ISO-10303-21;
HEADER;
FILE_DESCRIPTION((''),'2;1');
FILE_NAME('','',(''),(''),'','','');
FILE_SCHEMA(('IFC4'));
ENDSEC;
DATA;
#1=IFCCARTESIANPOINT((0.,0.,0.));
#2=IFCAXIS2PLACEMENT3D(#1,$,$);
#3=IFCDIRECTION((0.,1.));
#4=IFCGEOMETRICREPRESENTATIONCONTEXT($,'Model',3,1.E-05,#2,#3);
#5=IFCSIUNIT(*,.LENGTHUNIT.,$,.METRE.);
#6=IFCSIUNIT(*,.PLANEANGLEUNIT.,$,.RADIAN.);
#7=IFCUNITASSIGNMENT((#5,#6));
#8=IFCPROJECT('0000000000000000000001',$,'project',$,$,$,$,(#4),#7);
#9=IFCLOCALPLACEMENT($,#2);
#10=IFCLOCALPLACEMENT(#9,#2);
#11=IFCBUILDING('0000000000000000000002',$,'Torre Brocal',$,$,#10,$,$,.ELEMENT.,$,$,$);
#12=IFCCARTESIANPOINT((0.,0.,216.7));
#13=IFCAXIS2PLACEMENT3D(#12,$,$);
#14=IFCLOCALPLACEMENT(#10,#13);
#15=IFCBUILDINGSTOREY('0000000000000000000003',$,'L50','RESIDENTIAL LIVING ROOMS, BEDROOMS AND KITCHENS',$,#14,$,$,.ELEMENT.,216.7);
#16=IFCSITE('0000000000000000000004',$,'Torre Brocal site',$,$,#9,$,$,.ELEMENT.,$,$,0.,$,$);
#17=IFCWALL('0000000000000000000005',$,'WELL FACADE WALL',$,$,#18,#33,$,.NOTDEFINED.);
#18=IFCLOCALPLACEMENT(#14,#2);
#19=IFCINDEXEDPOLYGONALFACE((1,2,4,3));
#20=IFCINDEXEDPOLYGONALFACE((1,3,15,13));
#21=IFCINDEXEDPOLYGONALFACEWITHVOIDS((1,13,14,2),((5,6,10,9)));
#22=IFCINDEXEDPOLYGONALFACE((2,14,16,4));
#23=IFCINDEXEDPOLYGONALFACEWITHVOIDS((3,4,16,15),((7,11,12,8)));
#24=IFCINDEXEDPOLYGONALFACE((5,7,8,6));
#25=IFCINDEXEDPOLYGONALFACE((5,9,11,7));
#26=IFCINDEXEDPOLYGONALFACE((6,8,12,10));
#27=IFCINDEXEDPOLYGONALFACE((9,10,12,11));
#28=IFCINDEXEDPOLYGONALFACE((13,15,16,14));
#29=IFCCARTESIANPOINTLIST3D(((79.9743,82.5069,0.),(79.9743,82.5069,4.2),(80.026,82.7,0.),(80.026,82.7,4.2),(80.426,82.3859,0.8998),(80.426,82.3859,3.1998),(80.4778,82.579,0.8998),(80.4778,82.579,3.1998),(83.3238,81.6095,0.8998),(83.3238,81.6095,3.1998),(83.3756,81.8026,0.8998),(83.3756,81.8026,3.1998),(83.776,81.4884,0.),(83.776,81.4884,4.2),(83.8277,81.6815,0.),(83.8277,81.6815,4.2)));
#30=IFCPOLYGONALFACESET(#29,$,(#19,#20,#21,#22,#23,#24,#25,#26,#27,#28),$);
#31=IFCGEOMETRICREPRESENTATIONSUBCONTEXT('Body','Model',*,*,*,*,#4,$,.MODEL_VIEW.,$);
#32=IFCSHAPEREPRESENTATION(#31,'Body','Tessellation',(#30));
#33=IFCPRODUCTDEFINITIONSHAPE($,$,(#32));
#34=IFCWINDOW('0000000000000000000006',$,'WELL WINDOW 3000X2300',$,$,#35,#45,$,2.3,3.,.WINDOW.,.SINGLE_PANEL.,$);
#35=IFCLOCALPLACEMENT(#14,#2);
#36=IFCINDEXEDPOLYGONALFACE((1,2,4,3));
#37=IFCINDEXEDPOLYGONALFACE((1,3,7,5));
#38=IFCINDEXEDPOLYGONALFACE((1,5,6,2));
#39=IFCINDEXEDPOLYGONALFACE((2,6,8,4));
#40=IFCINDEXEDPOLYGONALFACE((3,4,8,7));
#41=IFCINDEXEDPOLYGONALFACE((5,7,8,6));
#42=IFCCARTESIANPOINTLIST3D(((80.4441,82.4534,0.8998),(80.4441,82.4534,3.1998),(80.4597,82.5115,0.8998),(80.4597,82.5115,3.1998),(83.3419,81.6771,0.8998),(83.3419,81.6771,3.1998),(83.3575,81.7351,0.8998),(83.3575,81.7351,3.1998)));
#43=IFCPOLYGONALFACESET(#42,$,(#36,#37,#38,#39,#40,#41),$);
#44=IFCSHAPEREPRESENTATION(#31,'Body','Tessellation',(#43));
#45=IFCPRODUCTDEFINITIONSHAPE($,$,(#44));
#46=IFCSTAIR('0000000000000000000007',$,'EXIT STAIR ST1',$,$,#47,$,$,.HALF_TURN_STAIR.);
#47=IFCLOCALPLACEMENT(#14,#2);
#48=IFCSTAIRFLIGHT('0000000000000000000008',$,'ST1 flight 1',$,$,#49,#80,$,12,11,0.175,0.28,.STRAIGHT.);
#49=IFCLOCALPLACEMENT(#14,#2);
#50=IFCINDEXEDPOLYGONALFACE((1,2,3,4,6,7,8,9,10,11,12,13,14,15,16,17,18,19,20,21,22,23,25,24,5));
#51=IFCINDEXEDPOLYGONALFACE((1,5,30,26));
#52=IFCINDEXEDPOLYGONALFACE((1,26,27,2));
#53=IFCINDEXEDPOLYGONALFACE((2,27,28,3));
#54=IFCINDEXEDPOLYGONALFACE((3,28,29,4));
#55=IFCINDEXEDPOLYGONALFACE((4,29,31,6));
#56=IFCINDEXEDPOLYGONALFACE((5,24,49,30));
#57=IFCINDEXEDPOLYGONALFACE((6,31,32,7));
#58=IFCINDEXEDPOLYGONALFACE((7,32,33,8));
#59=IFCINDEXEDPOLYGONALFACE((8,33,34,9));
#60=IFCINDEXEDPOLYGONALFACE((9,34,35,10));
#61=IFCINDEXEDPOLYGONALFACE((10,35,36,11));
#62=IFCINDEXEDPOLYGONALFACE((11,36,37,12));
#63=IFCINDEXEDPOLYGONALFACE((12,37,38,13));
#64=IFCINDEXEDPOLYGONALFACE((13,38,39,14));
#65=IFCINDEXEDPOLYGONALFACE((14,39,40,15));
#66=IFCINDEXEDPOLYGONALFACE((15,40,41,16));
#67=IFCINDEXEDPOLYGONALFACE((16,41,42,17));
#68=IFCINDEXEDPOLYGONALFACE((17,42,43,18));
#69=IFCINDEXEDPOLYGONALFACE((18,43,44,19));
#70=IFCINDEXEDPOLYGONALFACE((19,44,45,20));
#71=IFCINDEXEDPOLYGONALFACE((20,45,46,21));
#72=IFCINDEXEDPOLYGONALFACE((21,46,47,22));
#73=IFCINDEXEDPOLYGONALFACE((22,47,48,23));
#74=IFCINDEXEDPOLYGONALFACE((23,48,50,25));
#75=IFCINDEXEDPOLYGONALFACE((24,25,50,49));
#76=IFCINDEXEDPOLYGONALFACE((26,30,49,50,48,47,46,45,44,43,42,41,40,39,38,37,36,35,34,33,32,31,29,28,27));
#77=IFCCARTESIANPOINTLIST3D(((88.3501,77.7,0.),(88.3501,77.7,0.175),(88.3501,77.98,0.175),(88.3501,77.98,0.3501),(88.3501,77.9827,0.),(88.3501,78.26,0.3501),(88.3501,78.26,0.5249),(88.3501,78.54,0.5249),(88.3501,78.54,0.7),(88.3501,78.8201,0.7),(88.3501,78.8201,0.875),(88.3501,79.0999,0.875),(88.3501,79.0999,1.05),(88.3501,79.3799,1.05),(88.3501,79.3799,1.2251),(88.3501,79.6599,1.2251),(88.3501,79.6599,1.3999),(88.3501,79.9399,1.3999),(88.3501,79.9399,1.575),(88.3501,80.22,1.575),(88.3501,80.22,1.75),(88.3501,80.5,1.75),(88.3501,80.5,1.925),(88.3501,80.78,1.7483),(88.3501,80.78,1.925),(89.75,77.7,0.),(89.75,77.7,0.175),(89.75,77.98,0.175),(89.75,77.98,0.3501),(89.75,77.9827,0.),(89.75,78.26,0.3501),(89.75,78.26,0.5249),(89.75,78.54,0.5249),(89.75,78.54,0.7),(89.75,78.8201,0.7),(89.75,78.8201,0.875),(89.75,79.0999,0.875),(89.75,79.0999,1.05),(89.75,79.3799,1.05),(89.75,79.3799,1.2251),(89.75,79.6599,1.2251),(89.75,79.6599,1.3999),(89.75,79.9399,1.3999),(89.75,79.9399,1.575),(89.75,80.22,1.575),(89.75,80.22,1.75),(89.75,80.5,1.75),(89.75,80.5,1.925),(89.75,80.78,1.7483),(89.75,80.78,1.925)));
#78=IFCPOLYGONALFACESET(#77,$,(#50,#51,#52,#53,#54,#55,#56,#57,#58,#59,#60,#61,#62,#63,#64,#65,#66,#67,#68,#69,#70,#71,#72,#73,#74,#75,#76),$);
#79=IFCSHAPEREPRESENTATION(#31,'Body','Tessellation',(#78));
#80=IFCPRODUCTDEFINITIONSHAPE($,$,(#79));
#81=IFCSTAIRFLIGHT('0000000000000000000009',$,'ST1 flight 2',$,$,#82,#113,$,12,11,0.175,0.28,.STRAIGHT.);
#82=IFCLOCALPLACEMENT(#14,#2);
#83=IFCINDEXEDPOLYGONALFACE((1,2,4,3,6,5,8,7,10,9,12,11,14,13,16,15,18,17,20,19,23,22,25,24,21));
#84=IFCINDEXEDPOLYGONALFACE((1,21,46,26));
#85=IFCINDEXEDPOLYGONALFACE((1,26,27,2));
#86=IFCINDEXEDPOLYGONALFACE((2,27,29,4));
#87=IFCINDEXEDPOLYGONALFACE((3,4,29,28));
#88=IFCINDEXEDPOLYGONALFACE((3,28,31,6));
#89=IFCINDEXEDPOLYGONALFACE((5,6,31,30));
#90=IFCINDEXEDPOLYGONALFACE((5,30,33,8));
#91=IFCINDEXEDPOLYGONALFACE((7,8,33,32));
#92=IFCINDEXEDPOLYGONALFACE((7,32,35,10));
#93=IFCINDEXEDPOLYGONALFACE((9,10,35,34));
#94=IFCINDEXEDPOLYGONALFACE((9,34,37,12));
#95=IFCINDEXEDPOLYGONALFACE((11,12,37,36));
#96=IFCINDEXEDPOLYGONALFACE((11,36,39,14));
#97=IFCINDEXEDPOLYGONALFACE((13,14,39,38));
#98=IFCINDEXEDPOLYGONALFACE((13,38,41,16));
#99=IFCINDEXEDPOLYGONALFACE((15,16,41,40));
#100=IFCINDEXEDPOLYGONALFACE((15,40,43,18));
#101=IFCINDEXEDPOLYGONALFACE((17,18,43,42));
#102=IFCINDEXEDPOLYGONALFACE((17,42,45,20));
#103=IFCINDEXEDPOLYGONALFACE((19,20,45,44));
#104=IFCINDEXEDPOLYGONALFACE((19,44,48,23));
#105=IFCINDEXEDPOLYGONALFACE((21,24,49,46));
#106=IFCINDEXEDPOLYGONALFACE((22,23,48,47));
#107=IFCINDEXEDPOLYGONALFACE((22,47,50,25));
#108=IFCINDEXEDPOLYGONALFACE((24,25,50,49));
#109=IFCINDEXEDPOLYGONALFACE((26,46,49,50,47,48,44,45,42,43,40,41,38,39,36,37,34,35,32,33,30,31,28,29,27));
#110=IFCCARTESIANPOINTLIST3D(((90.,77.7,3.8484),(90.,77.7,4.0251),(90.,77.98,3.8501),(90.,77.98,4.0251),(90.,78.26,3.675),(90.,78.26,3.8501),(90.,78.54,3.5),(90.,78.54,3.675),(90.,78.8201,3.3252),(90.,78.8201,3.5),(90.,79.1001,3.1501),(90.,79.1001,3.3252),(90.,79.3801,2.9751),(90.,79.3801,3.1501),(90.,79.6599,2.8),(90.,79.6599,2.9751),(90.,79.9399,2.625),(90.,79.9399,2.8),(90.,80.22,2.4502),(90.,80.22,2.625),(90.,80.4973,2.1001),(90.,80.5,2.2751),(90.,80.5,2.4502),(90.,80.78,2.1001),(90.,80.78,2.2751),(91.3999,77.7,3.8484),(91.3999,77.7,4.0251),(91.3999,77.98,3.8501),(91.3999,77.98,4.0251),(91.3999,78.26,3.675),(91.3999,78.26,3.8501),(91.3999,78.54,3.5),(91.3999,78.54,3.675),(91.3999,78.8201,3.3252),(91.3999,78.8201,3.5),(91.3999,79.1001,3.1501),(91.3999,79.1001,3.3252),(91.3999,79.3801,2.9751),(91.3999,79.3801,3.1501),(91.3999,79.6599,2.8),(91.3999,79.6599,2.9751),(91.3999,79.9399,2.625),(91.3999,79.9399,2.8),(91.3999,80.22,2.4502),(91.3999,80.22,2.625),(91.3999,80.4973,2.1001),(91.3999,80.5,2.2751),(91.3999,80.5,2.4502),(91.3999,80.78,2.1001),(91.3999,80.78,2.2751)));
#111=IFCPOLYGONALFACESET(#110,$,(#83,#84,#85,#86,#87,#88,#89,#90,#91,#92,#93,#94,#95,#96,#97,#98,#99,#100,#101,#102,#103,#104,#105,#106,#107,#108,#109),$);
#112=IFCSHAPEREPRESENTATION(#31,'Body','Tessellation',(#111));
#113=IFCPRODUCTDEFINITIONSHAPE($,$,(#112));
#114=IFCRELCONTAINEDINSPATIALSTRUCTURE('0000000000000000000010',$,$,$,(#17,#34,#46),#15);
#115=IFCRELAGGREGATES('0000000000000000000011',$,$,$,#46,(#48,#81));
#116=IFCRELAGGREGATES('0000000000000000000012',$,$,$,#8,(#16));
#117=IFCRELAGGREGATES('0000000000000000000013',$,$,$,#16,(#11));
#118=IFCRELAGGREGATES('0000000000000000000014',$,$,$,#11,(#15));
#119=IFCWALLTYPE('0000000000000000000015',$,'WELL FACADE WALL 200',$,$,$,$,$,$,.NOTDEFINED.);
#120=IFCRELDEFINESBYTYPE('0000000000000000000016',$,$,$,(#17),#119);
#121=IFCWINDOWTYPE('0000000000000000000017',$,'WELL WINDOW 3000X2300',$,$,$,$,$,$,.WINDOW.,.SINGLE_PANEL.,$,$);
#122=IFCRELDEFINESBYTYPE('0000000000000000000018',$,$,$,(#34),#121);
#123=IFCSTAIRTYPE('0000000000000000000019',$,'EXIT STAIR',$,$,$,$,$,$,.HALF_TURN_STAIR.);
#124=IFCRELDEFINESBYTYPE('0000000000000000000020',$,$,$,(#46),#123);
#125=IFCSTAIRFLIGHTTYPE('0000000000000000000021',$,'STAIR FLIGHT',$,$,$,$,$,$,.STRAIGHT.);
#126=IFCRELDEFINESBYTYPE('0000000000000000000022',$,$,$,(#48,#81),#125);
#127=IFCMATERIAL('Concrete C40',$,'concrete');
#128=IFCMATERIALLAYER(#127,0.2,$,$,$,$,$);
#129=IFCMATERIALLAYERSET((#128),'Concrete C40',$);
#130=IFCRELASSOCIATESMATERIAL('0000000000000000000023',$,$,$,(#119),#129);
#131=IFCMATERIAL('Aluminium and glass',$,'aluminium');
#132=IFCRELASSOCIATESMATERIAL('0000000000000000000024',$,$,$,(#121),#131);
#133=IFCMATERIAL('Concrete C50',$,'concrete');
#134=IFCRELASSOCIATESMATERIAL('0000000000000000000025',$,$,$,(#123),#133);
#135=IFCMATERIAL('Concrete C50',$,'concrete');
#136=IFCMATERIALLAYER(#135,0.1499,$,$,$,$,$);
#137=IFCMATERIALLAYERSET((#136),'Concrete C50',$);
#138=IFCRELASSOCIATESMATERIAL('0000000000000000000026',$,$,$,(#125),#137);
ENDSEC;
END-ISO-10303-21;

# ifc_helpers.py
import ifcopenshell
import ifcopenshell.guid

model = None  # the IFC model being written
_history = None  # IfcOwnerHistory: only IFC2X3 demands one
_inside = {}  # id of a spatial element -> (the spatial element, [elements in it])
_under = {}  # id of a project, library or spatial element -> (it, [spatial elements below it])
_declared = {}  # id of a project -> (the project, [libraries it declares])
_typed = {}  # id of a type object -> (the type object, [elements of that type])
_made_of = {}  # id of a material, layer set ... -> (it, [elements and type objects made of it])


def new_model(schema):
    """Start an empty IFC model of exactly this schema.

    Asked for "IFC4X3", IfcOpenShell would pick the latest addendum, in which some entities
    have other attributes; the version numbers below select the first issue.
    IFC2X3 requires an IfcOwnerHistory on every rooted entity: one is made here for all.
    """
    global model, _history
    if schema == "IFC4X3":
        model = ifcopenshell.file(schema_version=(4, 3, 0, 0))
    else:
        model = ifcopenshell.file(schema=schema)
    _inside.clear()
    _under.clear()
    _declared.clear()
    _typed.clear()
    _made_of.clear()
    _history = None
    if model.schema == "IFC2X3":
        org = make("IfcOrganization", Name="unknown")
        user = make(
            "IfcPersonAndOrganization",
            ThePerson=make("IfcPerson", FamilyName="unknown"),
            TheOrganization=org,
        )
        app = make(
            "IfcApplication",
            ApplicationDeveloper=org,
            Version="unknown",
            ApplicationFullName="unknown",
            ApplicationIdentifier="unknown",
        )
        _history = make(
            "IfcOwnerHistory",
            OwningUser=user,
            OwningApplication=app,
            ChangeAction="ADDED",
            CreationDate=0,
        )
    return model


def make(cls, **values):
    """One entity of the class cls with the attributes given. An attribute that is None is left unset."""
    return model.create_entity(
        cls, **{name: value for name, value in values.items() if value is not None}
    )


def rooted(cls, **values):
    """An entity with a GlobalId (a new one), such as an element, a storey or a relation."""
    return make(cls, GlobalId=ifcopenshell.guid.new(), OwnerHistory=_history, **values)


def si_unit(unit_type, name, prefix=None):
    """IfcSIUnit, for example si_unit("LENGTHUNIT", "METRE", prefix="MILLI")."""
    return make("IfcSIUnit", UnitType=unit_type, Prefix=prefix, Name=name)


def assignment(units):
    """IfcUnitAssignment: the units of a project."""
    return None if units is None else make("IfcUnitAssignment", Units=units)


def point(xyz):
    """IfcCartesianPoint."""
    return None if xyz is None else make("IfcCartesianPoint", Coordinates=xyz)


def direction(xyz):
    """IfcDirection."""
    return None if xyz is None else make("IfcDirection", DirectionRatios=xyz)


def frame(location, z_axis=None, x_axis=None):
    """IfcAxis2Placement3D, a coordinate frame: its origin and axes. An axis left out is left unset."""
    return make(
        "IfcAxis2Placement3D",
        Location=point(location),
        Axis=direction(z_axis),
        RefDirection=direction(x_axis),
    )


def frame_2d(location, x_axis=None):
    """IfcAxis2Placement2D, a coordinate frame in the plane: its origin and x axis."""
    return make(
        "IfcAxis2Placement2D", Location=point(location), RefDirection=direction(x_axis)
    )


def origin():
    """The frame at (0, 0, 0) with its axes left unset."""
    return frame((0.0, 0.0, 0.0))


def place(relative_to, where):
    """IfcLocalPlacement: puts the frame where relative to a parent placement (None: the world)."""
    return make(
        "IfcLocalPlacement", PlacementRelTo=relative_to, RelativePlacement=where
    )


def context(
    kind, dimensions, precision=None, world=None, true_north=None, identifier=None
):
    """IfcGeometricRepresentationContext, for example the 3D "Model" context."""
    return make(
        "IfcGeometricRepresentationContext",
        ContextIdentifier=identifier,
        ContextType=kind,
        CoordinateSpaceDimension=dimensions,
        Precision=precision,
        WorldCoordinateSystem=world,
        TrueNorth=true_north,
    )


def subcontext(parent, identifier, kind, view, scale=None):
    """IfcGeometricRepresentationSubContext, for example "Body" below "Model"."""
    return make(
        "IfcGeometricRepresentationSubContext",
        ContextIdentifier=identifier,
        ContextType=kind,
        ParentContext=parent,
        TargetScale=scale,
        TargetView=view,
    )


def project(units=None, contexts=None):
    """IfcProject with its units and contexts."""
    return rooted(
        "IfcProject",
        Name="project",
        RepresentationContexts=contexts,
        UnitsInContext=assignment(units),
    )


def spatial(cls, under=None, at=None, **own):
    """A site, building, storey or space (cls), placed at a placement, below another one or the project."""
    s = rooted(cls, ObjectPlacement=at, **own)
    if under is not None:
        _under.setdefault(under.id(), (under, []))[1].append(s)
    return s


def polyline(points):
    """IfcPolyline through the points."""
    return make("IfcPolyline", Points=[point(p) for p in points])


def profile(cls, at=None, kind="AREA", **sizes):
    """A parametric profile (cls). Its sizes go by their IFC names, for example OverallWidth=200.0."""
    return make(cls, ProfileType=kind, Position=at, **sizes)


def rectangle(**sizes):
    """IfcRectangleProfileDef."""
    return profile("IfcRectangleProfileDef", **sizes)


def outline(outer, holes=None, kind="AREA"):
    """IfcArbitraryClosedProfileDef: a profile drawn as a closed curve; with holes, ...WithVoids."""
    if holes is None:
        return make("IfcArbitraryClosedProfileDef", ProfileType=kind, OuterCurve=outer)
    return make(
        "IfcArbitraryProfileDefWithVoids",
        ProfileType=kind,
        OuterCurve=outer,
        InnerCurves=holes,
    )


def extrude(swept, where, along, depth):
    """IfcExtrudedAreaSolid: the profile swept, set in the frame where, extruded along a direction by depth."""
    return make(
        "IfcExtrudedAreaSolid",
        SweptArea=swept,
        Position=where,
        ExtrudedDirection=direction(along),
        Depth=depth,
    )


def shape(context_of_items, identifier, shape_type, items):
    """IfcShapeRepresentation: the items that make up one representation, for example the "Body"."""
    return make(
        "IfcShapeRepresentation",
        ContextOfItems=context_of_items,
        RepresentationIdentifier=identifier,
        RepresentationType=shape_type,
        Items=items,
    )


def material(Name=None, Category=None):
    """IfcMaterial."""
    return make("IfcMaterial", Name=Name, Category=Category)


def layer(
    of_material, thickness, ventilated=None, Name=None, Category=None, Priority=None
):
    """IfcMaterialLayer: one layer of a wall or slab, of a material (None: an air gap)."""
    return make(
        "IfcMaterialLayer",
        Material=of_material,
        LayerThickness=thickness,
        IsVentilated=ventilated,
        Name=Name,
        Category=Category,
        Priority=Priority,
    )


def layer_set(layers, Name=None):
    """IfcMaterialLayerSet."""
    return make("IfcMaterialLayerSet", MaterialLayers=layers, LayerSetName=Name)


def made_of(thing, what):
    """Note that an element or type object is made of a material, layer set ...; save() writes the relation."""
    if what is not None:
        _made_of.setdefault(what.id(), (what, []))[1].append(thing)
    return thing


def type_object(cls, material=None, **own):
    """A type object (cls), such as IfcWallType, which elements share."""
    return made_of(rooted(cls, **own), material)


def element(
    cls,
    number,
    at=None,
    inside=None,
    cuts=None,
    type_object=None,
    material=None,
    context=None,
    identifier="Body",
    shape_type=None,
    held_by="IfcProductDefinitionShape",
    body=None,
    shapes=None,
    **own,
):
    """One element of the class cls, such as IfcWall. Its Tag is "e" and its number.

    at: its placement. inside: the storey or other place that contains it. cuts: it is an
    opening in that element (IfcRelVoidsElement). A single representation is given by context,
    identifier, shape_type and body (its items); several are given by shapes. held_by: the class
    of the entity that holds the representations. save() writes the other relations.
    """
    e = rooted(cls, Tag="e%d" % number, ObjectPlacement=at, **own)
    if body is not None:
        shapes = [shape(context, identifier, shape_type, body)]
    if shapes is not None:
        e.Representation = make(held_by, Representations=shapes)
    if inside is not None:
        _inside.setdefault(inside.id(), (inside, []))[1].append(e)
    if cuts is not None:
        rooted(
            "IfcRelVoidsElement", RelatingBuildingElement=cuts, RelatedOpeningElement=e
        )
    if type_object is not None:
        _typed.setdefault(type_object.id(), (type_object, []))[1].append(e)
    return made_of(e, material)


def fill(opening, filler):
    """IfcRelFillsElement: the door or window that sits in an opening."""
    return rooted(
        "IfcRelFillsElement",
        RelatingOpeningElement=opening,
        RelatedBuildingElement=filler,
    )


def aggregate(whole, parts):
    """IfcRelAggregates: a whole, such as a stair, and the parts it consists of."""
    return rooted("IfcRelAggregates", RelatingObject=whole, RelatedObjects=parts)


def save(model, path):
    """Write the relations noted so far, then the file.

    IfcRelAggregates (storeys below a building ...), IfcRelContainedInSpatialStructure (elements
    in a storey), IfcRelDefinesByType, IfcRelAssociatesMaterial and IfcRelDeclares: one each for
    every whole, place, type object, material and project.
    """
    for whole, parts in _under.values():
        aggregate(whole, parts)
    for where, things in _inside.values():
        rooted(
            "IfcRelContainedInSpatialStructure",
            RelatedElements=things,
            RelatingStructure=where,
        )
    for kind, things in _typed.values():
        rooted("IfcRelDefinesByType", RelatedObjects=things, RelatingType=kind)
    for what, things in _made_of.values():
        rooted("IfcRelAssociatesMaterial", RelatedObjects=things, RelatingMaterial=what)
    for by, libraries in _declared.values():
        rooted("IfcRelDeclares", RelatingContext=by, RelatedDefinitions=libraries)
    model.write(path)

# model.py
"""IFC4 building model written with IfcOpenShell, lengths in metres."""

from ifc_helpers import new_model, si_unit, direction, frame, frame_2d, origin, place, context, subcontext, project, spatial, polyline, rectangle, outline, extrude, material, layer, layer_set, type_object, element, fill, aggregate, save


model = new_model("IFC4")

# Units and contexts
model_context = context("Model", 3, precision=1e-05, world=origin(), true_north=direction((0.0, 1.0)))
body_context = subcontext(model_context, "Body", "Model", "MODEL_VIEW")
ifc_project = project(units=[si_unit("LENGTHUNIT", "METRE"), si_unit("PLANEANGLEUNIT", "RADIAN")], contexts=[model_context])

# Site, building, storey
site_placement = place(None, origin())
site = spatial("IfcSite", under=ifc_project, at=site_placement, Name="Torre Brocal site", CompositionType="ELEMENT", RefElevation=0.0)
building_placement = place(site_placement, origin())
building = spatial("IfcBuilding", under=site, at=building_placement, Name="Torre Brocal", CompositionType="ELEMENT")
storey_placement = place(building_placement, frame((0.0, 0.0, 216.7)))
storey = spatial("IfcBuildingStorey", under=building, at=storey_placement, Name="L50", Description="RESIDENTIAL LIVING ROOMS, BEDROOMS AND KITCHENS", CompositionType="ELEMENT", Elevation=216.7)

# Wall, opening, window
ifc_material_1 = material(Name="Concrete C40", Category="concrete")
ifc_layer_1 = layer(ifc_material_1, 0.2)
ifc_layer_set_1 = layer_set([ifc_layer_1], Name="Concrete C40")
wall_type_1 = type_object("IfcWallType", Name="WELL FACADE WALL 200", PredefinedType="NOTDEFINED", material=ifc_layer_set_1)
ifc_material_2 = material(Name="Aluminium and glass", Category="aluminium")
window_type = type_object("IfcWindowType", Name="WELL WINDOW 3000X2300", PartitioningType="SINGLE_PANEL", PredefinedType="WINDOW", material=ifc_material_2)
wall_1_placement = place(storey_placement, frame((83.8018, 81.585, 0.0), z_axis=(0.0, 0.0, 1.0), x_axis=(-0.965934, 0.25879, 0.0)))
wall_1 = element("IfcWall", 1, at=wall_1_placement, inside=storey, type_object=wall_type_1, Name="WELL FACADE WALL", PredefinedType="NOTDEFINED", context=body_context, shape_type="SweptSolid", body=[
    extrude(rectangle(XDim=3.9358, YDim=0.2, at=frame_2d((1.9678, 0.0))), origin(), (0.0, 0.0, 1.0), 4.2),
])
opening_1_placement = place(wall_1_placement, frame((0.468, 0.0, 0.8999)))
opening_1 = element("IfcOpeningElement", 2, at=opening_1_placement, cuts=wall_1, PredefinedType="OPENING", context=body_context, shape_type="SweptSolid", body=[
    extrude(rectangle(XDim=3.0, YDim=2.3, at=frame_2d((1.5, 1.1499))), frame((0.0, 0.1099, 0.0), z_axis=(0.0, -1.0, 0.0), x_axis=(1.0, 0.0, 0.0)), (0.0, 0.0, 1.0), 0.22),
])
window_1_placement = place(opening_1_placement, origin())
window_1 = element("IfcWindow", 3, at=window_1_placement, inside=storey, type_object=window_type, Name="WELL WINDOW 3000X2300", OverallHeight=2.3, OverallWidth=3.0, PartitioningType="SINGLE_PANEL", PredefinedType="WINDOW", context=body_context, shape_type="SweptSolid", body=[
    extrude(rectangle(XDim=3.0, YDim=2.3, at=frame_2d((1.5, 1.1499))), frame((0.0, 0.03, 0.0), z_axis=(0.0, -1.0, 0.0), x_axis=(1.0, 0.0, 0.0)), (0.0, 0.0, 1.0), 0.0601),
])
fill(opening_1, window_1)

# Stair, stair flights
ifc_material_3 = material(Name="Concrete C50", Category="concrete")
stair_type = type_object("IfcStairType", Name="EXIT STAIR", PredefinedType="HALF_TURN_STAIR", material=ifc_material_3)
stair_placement = place(storey_placement, origin())
stair = element("IfcStair", 4, at=stair_placement, inside=storey, type_object=stair_type, Name="EXIT STAIR ST1", PredefinedType="HALF_TURN_STAIR")
ifc_material_4 = material(Name="Concrete C50", Category="concrete")
ifc_layer_2 = layer(ifc_material_4, 0.1499)
ifc_layer_set_2 = layer_set([ifc_layer_2], Name="Concrete C50")
stair_flight_type = type_object("IfcStairFlightType", Name="STAIR FLIGHT", PredefinedType="STRAIGHT", material=ifc_layer_set_2)
stair_flight_1_placement = place(storey_placement, frame((89.05, 77.7, 0.0), z_axis=(0.0, 0.0, 1.0), x_axis=(0.0, 1.0, 0.0)))
stair_flight_1 = element("IfcStairFlight", 5, at=stair_flight_1_placement, type_object=stair_flight_type, Name="ST1 flight 1", NumberOfRisers=12, NumberOfTreads=11, PredefinedType="STRAIGHT", RiserHeight=0.175, TreadLength=0.28, context=body_context, shape_type="SweptSolid", body=[
    extrude(outline(polyline([(0.0, 0.0), (0.0, 0.175), (0.28, 0.175), (0.28, 0.3501), (0.5601, 0.3501), (0.5601, 0.5249), (0.8401, 0.5249), (0.8401, 0.7), (1.1201, 0.7), (1.1201, 0.875), (1.3999, 0.875), (1.3999, 1.05), (1.6799, 1.05), (1.6799, 1.2251), (1.96, 1.2251), (1.96, 1.3999), (2.24, 1.3999), (2.24, 1.575), (2.52, 1.575), (2.52, 1.75), (2.8, 1.75), (2.8, 1.925), (3.0801, 1.925), (3.0801, 2.1001), (3.0801, 1.7483), (0.2827, 0.0), (0.0, 0.0)])), frame((0.0, 0.7, 0.0), z_axis=(0.0, -1.0, 0.0), x_axis=(1.0, 0.0, 0.0)), (0.0, 0.0, 1.0), 1.3999),
])
stair_flight_2_placement = place(storey_placement, frame((90.7, 80.78, 2.1001), z_axis=(0.0, 0.0, 1.0), x_axis=(0.0, -1.0, 0.0)))
stair_flight_2 = element("IfcStairFlight", 6, at=stair_flight_2_placement, type_object=stair_flight_type, Name="ST1 flight 2", NumberOfRisers=12, NumberOfTreads=11, PredefinedType="STRAIGHT", RiserHeight=0.175, TreadLength=0.28, context=body_context, shape_type="SweptSolid", body=[
    extrude(outline(polyline([(0.0, 0.0), (0.0, 0.175), (0.28, 0.175), (0.28, 0.3501), (0.5601, 0.3501), (0.5601, 0.5249), (0.8401, 0.5249), (0.8401, 0.7), (1.1201, 0.7), (1.1201, 0.875), (1.3999, 0.875), (1.3999, 1.05), (1.6799, 1.05), (1.6799, 1.2251), (1.96, 1.2251), (1.96, 1.3999), (2.24, 1.3999), (2.24, 1.575), (2.52, 1.575), (2.52, 1.75), (2.8, 1.75), (2.8, 1.925), (3.0801, 1.925), (3.0801, 2.1001), (3.0801, 1.7483), (0.2827, 0.0), (0.0, 0.0)])), frame((0.0, 0.7, 0.0), z_axis=(0.0, -1.0, 0.0), x_axis=(1.0, 0.0, 0.0)), (0.0, 0.0, 1.0), 1.3999),
])
aggregate(stair, [stair_flight_1, stair_flight_2])

save(model, "model.ifc")
